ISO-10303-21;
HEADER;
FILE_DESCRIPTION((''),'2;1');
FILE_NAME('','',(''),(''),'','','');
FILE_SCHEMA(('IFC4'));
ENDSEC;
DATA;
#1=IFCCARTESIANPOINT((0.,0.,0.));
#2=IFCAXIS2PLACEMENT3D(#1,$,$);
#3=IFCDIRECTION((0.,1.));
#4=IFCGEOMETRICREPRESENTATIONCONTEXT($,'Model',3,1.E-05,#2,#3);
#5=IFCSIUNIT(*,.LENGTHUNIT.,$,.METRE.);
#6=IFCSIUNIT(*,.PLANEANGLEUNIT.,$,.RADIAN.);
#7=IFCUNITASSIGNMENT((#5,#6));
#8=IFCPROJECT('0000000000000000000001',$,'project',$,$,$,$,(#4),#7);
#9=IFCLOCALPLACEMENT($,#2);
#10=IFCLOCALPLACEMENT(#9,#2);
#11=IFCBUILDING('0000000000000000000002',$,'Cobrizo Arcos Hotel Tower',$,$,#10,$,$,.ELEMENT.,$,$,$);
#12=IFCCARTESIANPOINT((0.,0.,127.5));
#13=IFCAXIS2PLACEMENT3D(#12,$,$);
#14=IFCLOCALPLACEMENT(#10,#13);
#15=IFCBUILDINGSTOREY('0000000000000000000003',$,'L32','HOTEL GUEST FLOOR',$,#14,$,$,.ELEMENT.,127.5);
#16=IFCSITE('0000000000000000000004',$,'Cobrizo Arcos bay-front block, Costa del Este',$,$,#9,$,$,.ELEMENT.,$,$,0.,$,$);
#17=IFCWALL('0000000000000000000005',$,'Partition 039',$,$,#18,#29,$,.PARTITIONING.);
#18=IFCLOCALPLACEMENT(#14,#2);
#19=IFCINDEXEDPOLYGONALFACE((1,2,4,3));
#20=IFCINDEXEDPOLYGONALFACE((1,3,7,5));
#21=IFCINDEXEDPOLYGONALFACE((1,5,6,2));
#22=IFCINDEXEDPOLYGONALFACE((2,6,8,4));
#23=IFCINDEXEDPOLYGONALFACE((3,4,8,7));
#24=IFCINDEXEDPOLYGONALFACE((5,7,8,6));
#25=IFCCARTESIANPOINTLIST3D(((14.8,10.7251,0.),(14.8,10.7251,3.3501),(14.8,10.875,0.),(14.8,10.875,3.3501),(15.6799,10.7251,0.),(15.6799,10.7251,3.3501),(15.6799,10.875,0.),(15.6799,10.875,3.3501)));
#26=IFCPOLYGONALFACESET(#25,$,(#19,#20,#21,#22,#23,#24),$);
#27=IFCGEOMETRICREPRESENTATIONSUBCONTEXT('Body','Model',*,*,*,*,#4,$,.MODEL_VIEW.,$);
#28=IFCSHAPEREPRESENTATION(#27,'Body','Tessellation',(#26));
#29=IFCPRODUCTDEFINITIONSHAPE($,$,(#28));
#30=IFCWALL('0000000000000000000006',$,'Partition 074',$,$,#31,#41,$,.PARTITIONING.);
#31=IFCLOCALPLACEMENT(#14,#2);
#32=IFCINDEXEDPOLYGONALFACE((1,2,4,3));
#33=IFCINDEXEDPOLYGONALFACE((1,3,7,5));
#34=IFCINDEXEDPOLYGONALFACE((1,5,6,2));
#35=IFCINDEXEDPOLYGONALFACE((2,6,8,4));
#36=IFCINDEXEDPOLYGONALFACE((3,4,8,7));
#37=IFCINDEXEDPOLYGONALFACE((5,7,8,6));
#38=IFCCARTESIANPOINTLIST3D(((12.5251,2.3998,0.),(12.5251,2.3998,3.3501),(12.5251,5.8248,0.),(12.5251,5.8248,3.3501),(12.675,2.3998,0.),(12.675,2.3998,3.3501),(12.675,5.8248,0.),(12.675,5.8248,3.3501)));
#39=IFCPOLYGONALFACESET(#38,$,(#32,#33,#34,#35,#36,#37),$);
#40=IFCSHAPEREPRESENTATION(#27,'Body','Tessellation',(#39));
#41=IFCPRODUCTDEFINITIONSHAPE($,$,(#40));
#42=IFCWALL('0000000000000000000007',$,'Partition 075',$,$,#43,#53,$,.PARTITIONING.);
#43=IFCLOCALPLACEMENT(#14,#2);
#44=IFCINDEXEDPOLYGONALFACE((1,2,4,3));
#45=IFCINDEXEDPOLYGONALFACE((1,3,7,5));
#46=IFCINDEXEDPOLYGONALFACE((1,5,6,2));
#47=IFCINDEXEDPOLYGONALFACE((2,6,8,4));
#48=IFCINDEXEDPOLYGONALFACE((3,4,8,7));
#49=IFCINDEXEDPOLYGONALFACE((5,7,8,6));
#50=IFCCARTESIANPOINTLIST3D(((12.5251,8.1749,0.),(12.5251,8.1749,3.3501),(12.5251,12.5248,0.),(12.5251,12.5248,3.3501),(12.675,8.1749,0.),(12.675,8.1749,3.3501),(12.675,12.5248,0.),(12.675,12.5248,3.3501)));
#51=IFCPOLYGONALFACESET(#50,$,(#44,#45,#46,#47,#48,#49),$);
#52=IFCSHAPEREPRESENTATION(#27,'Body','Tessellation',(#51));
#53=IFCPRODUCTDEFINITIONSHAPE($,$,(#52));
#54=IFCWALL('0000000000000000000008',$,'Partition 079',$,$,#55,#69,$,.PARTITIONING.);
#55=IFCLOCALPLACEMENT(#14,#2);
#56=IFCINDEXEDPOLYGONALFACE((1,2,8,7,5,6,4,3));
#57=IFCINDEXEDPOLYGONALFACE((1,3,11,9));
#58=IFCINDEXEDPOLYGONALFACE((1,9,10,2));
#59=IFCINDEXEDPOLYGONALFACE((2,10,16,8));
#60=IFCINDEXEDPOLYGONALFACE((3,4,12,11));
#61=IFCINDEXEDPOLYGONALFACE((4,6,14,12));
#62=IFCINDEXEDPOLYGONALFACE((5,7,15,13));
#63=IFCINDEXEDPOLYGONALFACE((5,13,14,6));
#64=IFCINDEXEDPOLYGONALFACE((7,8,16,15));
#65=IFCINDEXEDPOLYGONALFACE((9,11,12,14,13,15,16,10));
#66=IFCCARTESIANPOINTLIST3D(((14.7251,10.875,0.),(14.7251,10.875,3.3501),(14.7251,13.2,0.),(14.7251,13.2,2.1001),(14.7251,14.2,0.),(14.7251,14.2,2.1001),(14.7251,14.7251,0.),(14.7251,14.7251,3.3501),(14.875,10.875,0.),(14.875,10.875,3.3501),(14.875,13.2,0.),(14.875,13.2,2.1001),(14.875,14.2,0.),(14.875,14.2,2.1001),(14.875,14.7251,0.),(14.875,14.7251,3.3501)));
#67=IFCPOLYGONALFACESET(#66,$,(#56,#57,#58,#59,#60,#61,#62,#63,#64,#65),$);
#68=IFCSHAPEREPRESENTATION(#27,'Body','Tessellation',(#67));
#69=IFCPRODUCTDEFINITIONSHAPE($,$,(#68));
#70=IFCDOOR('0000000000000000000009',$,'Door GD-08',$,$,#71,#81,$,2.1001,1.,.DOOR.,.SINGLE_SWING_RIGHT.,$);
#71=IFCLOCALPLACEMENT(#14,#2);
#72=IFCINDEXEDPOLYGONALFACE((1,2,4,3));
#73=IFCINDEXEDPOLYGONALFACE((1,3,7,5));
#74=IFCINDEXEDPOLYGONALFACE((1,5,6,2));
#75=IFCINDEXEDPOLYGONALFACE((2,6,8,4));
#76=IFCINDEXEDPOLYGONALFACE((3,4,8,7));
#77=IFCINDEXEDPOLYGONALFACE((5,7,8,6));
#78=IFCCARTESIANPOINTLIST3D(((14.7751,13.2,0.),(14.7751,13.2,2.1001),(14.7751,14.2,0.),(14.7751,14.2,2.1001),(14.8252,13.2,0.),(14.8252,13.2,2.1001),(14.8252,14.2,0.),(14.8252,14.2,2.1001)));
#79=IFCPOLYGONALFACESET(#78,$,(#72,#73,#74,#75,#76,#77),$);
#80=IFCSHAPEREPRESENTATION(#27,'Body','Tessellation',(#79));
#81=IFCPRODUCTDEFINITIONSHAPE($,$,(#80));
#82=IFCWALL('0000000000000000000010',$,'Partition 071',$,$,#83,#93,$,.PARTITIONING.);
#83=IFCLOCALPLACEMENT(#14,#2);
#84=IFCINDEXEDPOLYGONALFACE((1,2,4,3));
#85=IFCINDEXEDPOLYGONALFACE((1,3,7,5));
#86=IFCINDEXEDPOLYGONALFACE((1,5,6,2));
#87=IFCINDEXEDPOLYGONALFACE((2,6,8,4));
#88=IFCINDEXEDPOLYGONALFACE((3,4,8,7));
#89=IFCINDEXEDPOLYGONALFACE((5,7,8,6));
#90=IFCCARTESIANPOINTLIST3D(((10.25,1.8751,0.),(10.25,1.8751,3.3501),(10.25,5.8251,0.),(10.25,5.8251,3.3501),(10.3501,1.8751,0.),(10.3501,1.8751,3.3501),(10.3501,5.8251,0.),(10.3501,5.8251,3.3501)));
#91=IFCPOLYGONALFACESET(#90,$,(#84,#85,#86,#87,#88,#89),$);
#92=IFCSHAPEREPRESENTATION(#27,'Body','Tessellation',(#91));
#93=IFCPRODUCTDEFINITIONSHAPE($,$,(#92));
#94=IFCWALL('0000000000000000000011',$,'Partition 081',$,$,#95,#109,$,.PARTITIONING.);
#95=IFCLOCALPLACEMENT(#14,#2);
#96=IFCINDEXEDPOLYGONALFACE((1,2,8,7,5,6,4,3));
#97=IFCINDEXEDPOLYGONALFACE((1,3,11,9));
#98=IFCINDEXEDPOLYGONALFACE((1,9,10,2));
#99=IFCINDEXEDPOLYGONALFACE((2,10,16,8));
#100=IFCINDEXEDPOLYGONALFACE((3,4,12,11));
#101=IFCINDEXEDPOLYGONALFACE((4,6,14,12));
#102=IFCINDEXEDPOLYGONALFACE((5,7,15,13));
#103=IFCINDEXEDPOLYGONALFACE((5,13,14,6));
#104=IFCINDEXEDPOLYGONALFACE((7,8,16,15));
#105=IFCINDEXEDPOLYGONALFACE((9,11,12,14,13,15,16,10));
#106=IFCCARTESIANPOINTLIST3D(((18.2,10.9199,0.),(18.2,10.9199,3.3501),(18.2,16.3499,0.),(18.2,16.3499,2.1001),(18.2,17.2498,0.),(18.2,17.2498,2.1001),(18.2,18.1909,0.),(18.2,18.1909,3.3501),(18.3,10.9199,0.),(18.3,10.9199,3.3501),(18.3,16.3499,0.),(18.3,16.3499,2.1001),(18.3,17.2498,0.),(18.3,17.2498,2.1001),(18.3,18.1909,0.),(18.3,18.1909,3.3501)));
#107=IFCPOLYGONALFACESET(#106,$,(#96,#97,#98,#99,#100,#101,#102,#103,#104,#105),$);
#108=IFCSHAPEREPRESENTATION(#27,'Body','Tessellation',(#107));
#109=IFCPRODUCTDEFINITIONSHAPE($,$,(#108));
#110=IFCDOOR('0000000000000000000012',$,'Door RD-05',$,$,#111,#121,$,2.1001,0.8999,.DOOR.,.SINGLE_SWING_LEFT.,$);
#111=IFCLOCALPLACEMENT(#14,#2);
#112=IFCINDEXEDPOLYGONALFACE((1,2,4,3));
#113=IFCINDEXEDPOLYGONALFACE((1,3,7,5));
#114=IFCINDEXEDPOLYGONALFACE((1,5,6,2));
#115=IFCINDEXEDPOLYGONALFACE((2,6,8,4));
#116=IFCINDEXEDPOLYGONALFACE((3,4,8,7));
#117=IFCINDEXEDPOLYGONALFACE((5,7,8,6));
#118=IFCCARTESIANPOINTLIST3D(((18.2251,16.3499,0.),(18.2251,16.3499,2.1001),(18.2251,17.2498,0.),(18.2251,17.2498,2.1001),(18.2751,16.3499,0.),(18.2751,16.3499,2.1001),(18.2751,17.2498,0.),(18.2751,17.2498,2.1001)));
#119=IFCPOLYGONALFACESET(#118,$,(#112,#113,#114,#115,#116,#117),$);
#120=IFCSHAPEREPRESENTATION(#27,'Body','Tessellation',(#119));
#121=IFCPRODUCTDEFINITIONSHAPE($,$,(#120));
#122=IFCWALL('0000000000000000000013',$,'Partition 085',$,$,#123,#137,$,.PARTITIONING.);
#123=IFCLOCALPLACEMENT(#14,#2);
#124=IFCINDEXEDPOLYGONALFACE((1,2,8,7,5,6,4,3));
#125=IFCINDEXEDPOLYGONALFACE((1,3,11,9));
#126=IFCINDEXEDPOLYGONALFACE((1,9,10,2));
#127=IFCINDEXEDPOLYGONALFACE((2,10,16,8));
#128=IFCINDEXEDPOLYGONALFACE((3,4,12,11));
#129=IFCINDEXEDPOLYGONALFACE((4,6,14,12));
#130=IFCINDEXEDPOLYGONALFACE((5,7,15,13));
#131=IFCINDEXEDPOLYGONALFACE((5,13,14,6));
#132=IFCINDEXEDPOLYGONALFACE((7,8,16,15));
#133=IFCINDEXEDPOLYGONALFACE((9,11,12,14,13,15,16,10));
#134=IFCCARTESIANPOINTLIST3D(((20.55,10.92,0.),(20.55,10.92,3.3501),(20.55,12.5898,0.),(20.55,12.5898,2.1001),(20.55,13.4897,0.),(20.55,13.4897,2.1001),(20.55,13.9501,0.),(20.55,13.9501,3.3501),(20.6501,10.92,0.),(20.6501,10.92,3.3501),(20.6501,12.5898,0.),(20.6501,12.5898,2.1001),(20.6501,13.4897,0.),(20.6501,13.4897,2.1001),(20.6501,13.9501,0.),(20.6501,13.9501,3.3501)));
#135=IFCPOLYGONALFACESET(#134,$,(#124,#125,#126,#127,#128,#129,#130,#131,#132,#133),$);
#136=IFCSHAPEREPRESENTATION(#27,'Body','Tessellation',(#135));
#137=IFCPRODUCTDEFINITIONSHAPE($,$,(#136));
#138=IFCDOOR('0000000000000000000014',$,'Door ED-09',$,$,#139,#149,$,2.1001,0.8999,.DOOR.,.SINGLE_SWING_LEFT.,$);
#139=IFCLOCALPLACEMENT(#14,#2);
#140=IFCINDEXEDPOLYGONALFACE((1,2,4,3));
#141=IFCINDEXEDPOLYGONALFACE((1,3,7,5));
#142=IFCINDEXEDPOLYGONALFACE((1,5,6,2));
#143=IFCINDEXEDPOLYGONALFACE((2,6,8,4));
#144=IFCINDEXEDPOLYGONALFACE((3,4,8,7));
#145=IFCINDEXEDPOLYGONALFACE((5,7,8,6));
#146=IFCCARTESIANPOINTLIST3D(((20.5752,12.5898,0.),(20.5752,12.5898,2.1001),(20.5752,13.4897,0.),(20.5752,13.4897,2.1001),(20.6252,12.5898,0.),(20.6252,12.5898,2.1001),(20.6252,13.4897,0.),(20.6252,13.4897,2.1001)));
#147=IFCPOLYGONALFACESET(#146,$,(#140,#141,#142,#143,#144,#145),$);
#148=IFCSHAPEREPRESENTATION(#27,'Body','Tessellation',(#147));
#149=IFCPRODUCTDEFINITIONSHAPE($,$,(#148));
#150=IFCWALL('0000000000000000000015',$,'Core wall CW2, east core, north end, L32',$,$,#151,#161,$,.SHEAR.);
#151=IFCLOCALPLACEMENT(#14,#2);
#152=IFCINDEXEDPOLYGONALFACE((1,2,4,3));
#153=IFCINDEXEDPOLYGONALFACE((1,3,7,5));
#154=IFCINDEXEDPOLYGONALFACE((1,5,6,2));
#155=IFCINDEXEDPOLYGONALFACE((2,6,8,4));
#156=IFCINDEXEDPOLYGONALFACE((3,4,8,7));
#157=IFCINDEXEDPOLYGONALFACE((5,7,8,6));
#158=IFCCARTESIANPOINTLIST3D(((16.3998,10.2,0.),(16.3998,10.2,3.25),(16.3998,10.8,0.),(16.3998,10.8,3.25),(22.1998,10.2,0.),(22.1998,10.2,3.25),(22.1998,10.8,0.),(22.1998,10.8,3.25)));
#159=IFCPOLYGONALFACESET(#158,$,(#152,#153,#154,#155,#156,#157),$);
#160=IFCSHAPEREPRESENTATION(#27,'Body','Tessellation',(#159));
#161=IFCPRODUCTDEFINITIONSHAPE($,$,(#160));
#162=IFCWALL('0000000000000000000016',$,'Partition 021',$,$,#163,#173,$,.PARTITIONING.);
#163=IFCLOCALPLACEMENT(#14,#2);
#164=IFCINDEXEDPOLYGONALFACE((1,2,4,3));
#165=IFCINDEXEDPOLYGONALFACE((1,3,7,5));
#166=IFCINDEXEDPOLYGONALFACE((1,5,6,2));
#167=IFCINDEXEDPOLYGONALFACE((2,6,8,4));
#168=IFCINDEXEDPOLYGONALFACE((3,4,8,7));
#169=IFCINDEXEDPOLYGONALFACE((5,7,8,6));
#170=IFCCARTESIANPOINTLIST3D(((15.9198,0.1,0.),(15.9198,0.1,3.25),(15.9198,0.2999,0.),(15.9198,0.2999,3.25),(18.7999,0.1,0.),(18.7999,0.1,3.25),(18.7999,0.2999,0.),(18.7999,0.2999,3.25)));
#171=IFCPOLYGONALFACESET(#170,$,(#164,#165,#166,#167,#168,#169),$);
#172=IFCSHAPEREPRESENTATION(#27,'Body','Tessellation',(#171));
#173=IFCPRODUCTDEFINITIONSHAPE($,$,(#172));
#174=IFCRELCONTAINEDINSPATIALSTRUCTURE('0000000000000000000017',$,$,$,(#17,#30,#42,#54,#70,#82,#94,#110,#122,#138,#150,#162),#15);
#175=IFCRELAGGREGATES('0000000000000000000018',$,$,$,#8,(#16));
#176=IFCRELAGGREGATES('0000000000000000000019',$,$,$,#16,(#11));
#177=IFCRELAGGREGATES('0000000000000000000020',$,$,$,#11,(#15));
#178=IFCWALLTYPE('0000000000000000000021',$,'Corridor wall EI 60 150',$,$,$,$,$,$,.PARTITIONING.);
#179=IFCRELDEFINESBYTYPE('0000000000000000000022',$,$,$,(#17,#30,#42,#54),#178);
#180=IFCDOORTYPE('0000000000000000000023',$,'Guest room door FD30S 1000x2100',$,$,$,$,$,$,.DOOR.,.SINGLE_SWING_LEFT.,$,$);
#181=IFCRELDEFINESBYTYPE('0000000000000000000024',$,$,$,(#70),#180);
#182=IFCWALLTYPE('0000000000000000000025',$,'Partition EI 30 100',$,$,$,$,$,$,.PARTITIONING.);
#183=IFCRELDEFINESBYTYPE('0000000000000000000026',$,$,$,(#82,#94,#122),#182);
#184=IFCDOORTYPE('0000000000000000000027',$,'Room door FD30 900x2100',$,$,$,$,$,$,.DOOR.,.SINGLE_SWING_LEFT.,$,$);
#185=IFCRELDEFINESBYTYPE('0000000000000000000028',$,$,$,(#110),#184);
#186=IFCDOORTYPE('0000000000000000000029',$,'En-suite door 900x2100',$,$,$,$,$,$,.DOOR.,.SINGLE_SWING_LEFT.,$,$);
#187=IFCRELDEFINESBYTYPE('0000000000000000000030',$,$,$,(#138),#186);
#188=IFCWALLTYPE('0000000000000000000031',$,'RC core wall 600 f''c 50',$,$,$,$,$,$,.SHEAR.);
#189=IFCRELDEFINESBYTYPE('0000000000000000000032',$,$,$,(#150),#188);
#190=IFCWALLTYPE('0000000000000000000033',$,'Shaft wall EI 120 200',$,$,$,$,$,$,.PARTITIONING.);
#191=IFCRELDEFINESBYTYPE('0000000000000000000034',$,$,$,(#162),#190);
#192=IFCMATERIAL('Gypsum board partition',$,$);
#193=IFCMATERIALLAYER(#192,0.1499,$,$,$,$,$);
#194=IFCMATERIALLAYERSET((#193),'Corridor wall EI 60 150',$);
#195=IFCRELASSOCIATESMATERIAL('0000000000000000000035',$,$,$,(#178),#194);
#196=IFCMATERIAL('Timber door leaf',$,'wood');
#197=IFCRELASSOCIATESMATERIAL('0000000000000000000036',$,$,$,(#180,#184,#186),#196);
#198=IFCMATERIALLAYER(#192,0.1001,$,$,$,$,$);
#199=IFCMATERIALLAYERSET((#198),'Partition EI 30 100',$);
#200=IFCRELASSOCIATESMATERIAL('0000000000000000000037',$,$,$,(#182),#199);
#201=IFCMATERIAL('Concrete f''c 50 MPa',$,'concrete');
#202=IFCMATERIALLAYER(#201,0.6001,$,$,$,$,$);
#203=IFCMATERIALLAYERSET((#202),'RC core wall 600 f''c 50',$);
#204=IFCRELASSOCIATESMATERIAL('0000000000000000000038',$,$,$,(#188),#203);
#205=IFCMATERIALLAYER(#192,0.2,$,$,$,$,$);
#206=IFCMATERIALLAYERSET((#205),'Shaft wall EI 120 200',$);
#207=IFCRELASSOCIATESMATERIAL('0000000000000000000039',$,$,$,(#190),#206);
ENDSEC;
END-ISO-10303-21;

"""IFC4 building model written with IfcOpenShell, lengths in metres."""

from ifc_helpers import new_model, si_unit, direction, frame, frame_2d, origin, place, context, subcontext, project, spatial, rectangle, extrude, material, layer, layer_set, type_object, element, fill, save


model = new_model("IFC4")

# Units and contexts
model_context = context("Model", 3, precision=1e-05, world=origin(), true_north=direction((0.0, 1.0)))
body_context = subcontext(model_context, "Body", "Model", "MODEL_VIEW")
ifc_project = project(units=[si_unit("LENGTHUNIT", "METRE"), si_unit("PLANEANGLEUNIT", "RADIAN")], contexts=[model_context])

# Site, building, storey
site_placement = place(None, origin())
site = spatial("IfcSite", under=ifc_project, at=site_placement, Name="Cobrizo Arcos bay-front block, Costa del Este", CompositionType="ELEMENT", RefElevation=0.0)
building_placement = place(site_placement, origin())
building = spatial("IfcBuilding", under=site, at=building_placement, Name="Cobrizo Arcos Hotel Tower", CompositionType="ELEMENT")
storey_placement = place(building_placement, frame((0.0, 0.0, 127.5)))
storey = spatial("IfcBuildingStorey", under=building, at=storey_placement, Name="L32", Description="HOTEL GUEST FLOOR", CompositionType="ELEMENT", Elevation=127.5)

# Walls
ifc_material_1 = material(Name="Gypsum board partition")
ifc_layer_1 = layer(ifc_material_1, 0.1499)
ifc_layer_set_1 = layer_set([ifc_layer_1], Name="Corridor wall EI 60 150")
wall_type_1 = type_object("IfcWallType", Name="Corridor wall EI 60 150", PredefinedType="PARTITIONING", material=ifc_layer_set_1)
wall_1_placement = place(storey_placement, frame((14.8, 10.8, 0.0), z_axis=(0.0, 0.0, 1.0), x_axis=(1.0, 0.0, 0.0)))
element("IfcWall", 1, at=wall_1_placement, inside=storey, type_object=wall_type_1, Name="Partition 039", PredefinedType="PARTITIONING", context=body_context, shape_type="SweptSolid", body=[
    extrude(rectangle(XDim=0.8799, YDim=0.1499, at=frame_2d((0.4399, 0.0))), origin(), (0.0, 0.0, 1.0), 3.3501),
])
wall_2_placement = place(storey_placement, frame((12.6001, 2.3999, 0.0), z_axis=(0.0, 0.0, 1.0), x_axis=(0.0, 1.0, 0.0)))
element("IfcWall", 2, at=wall_2_placement, inside=storey, type_object=wall_type_1, Name="Partition 074", PredefinedType="PARTITIONING", context=body_context, shape_type="SweptSolid", body=[
    extrude(rectangle(XDim=3.425, YDim=0.1499, at=frame_2d((1.7124, 0.0))), origin(), (0.0, 0.0, 1.0), 3.3501),
])
wall_3_placement = place(storey_placement, frame((12.6001, 8.175, 0.0), z_axis=(0.0, 0.0, 1.0), x_axis=(0.0, 1.0, 0.0)))
element("IfcWall", 3, at=wall_3_placement, inside=storey, type_object=wall_type_1, Name="Partition 075", PredefinedType="PARTITIONING", context=body_context, shape_type="SweptSolid", body=[
    extrude(rectangle(XDim=4.3499, YDim=0.1499, at=frame_2d((2.1748, 0.0))), origin(), (0.0, 0.0, 1.0), 3.3501),
])

# Wall, opening, door
wall_4_placement = place(storey_placement, frame((14.8, 10.875, 0.0), z_axis=(0.0, 0.0, 1.0), x_axis=(0.0, 1.0, 0.0)))
wall_4 = element("IfcWall", 4, at=wall_4_placement, inside=storey, type_object=wall_type_1, Name="Partition 079", PredefinedType="PARTITIONING", context=body_context, shape_type="SweptSolid", body=[
    extrude(rectangle(XDim=3.8501, YDim=0.1499, at=frame_2d((1.925, 0.0))), origin(), (0.0, 0.0, 1.0), 3.3501),
])
opening_1_placement = place(wall_4_placement, frame((2.325, 0.0, 0.0)))
opening_1 = element("IfcOpeningElement", 5, at=opening_1_placement, cuts=wall_4, PredefinedType="OPENING", context=body_context, shape_type="SweptSolid", body=[
    extrude(rectangle(XDim=1.0, YDim=2.1001, at=frame_2d((0.5, 1.05))), frame((0.0, 0.0869, 0.0), z_axis=(0.0, -1.0, 0.0), x_axis=(1.0, 0.0, 0.0)), (0.0, 0.0, 1.0), 0.1738),
])
ifc_material_2 = material(Name="Timber door leaf", Category="wood")
door_type_1 = type_object("IfcDoorType", Name="Guest room door FD30S 1000x2100", OperationType="SINGLE_SWING_LEFT", PredefinedType="DOOR", material=ifc_material_2)
door_1_placement = place(opening_1_placement, origin())
door_1 = element("IfcDoor", 6, at=door_1_placement, inside=storey, type_object=door_type_1, Name="Door GD-08", OperationType="SINGLE_SWING_RIGHT", OverallHeight=2.1001, OverallWidth=1.0, PredefinedType="DOOR", context=body_context, shape_type="SweptSolid", body=[
    extrude(rectangle(XDim=1.0, YDim=2.1001, at=frame_2d((0.5, 1.05))), frame((0.0, 0.0249, 0.0), z_axis=(0.0, -1.0, 0.0), x_axis=(1.0, 0.0, 0.0)), (0.0, 0.0, 1.0), 0.05),
])
fill(opening_1, door_1)

# Wall
ifc_layer_2 = layer(ifc_material_1, 0.1001)
ifc_layer_set_2 = layer_set([ifc_layer_2], Name="Partition EI 30 100")
wall_type_2 = type_object("IfcWallType", Name="Partition EI 30 100", PredefinedType="PARTITIONING", material=ifc_layer_set_2)
wall_5_placement = place(storey_placement, frame((10.3, 1.875, 0.0), z_axis=(0.0, 0.0, 1.0), x_axis=(0.0, 1.0, 0.0)))
element("IfcWall", 7, at=wall_5_placement, inside=storey, type_object=wall_type_2, Name="Partition 071", PredefinedType="PARTITIONING", context=body_context, shape_type="SweptSolid", body=[
    extrude(rectangle(XDim=3.95, YDim=0.1001, at=frame_2d((1.9751, 0.0))), origin(), (0.0, 0.0, 1.0), 3.3501),
])

# Walls, openings, doors
wall_6_placement = place(storey_placement, frame((18.25, 10.9199, 0.0), z_axis=(0.0, 0.0, 1.0), x_axis=(0.0, 1.0, 0.0)))
wall_6 = element("IfcWall", 8, at=wall_6_placement, inside=storey, type_object=wall_type_2, Name="Partition 081", PredefinedType="PARTITIONING", context=body_context, shape_type="SweptSolid", body=[
    extrude(rectangle(XDim=7.271, YDim=0.1001, at=frame_2d((3.6355, 0.0))), origin(), (0.0, 0.0, 1.0), 3.3501),
])
opening_2_placement = place(wall_6_placement, frame((5.4299, 0.0, 0.0)))
opening_2 = element("IfcOpeningElement", 9, at=opening_2_placement, cuts=wall_6, PredefinedType="OPENING", context=body_context, shape_type="SweptSolid", body=[
    extrude(rectangle(XDim=0.8999, YDim=2.1001, at=frame_2d((0.45, 1.05))), frame((0.0, 0.062, 0.0), z_axis=(0.0, -1.0, 0.0), x_axis=(1.0, 0.0, 0.0)), (0.0, 0.0, 1.0), 0.124),
])
door_type_2 = type_object("IfcDoorType", Name="Room door FD30 900x2100", OperationType="SINGLE_SWING_LEFT", PredefinedType="DOOR", material=ifc_material_2)
door_2_placement = place(opening_2_placement, origin())
door_2 = element("IfcDoor", 10, at=door_2_placement, inside=storey, type_object=door_type_2, Name="Door RD-05", OperationType="SINGLE_SWING_LEFT", OverallHeight=2.1001, OverallWidth=0.8999, PredefinedType="DOOR", context=body_context, shape_type="SweptSolid", body=[
    extrude(rectangle(XDim=0.8999, YDim=2.1001, at=frame_2d((0.45, 1.05))), frame((0.0, 0.0249, 0.0), z_axis=(0.0, -1.0, 0.0), x_axis=(1.0, 0.0, 0.0)), (0.0, 0.0, 1.0), 0.05),
])
fill(opening_2, door_2)
wall_7_placement = place(storey_placement, frame((20.6001, 10.9199, 0.0), z_axis=(0.0, 0.0, 1.0), x_axis=(0.0, 1.0, 0.0)))
wall_7 = element("IfcWall", 11, at=wall_7_placement, inside=storey, type_object=wall_type_2, Name="Partition 085", PredefinedType="PARTITIONING", context=body_context, shape_type="SweptSolid", body=[
    extrude(rectangle(XDim=3.03, YDim=0.1001, at=frame_2d((1.5151, 0.0))), origin(), (0.0, 0.0, 1.0), 3.3501),
])
opening_3_placement = place(wall_7_placement, frame((1.6699, 0.0, 0.0)))
opening_3 = element("IfcOpeningElement", 12, at=opening_3_placement, cuts=wall_7, PredefinedType="OPENING", context=body_context, shape_type="SweptSolid", body=[
    extrude(rectangle(XDim=0.8999, YDim=2.1001, at=frame_2d((0.45, 1.05))), frame((0.0, 0.062, 0.0), z_axis=(0.0, -1.0, 0.0), x_axis=(1.0, 0.0, 0.0)), (0.0, 0.0, 1.0), 0.124),
])
door_type_3 = type_object("IfcDoorType", Name="En-suite door 900x2100", OperationType="SINGLE_SWING_LEFT", PredefinedType="DOOR", material=ifc_material_2)
door_3_placement = place(opening_3_placement, origin())
door_3 = element("IfcDoor", 13, at=door_3_placement, inside=storey, type_object=door_type_3, Name="Door ED-09", OperationType="SINGLE_SWING_LEFT", OverallHeight=2.1001, OverallWidth=0.8999, PredefinedType="DOOR", context=body_context, shape_type="SweptSolid", body=[
    extrude(rectangle(XDim=0.8999, YDim=2.1001, at=frame_2d((0.45, 1.05))), frame((0.0, 0.0249, 0.0), z_axis=(0.0, -1.0, 0.0), x_axis=(1.0, 0.0, 0.0)), (0.0, 0.0, 1.0), 0.05),
])
fill(opening_3, door_3)

# Walls
ifc_material_3 = material(Name="Concrete f'c 50 MPa", Category="concrete")
ifc_layer_3 = layer(ifc_material_3, 0.6001)
ifc_layer_set_3 = layer_set([ifc_layer_3], Name="RC core wall 600 f'c 50")
wall_type_3 = type_object("IfcWallType", Name="RC core wall 600 f'c 50", PredefinedType="SHEAR", material=ifc_layer_set_3)
wall_8_placement = place(storey_placement, frame((16.3999, 10.5, 0.0), z_axis=(0.0, 0.0, 1.0), x_axis=(1.0, 0.0, 0.0)))
element("IfcWall", 14, at=wall_8_placement, inside=storey, type_object=wall_type_3, Name="Core wall CW2, east core, north end, L32", PredefinedType="SHEAR", context=body_context, shape_type="SweptSolid", body=[
    extrude(rectangle(XDim=5.8, YDim=0.6001, at=frame_2d((2.8999, 0.0))), origin(), (0.0, 0.0, 1.0), 3.25),
])
ifc_layer_4 = layer(ifc_material_1, 0.2)
ifc_layer_set_4 = layer_set([ifc_layer_4], Name="Shaft wall EI 120 200")
wall_type_4 = type_object("IfcWallType", Name="Shaft wall EI 120 200", PredefinedType="PARTITIONING", material=ifc_layer_set_4)
wall_9_placement = place(storey_placement, frame((15.9199, 0.2, 0.0), z_axis=(0.0, 0.0, 1.0), x_axis=(1.0, 0.0, 0.0)))
element("IfcWall", 15, at=wall_9_placement, inside=storey, type_object=wall_type_4, Name="Partition 021", PredefinedType="PARTITIONING", context=body_context, shape_type="SweptSolid", body=[
    extrude(rectangle(XDim=2.8801, YDim=0.2, at=frame_2d((1.4399, 0.0))), origin(), (0.0, 0.0, 1.0), 3.25),
])

save(model, "model.ifc")
